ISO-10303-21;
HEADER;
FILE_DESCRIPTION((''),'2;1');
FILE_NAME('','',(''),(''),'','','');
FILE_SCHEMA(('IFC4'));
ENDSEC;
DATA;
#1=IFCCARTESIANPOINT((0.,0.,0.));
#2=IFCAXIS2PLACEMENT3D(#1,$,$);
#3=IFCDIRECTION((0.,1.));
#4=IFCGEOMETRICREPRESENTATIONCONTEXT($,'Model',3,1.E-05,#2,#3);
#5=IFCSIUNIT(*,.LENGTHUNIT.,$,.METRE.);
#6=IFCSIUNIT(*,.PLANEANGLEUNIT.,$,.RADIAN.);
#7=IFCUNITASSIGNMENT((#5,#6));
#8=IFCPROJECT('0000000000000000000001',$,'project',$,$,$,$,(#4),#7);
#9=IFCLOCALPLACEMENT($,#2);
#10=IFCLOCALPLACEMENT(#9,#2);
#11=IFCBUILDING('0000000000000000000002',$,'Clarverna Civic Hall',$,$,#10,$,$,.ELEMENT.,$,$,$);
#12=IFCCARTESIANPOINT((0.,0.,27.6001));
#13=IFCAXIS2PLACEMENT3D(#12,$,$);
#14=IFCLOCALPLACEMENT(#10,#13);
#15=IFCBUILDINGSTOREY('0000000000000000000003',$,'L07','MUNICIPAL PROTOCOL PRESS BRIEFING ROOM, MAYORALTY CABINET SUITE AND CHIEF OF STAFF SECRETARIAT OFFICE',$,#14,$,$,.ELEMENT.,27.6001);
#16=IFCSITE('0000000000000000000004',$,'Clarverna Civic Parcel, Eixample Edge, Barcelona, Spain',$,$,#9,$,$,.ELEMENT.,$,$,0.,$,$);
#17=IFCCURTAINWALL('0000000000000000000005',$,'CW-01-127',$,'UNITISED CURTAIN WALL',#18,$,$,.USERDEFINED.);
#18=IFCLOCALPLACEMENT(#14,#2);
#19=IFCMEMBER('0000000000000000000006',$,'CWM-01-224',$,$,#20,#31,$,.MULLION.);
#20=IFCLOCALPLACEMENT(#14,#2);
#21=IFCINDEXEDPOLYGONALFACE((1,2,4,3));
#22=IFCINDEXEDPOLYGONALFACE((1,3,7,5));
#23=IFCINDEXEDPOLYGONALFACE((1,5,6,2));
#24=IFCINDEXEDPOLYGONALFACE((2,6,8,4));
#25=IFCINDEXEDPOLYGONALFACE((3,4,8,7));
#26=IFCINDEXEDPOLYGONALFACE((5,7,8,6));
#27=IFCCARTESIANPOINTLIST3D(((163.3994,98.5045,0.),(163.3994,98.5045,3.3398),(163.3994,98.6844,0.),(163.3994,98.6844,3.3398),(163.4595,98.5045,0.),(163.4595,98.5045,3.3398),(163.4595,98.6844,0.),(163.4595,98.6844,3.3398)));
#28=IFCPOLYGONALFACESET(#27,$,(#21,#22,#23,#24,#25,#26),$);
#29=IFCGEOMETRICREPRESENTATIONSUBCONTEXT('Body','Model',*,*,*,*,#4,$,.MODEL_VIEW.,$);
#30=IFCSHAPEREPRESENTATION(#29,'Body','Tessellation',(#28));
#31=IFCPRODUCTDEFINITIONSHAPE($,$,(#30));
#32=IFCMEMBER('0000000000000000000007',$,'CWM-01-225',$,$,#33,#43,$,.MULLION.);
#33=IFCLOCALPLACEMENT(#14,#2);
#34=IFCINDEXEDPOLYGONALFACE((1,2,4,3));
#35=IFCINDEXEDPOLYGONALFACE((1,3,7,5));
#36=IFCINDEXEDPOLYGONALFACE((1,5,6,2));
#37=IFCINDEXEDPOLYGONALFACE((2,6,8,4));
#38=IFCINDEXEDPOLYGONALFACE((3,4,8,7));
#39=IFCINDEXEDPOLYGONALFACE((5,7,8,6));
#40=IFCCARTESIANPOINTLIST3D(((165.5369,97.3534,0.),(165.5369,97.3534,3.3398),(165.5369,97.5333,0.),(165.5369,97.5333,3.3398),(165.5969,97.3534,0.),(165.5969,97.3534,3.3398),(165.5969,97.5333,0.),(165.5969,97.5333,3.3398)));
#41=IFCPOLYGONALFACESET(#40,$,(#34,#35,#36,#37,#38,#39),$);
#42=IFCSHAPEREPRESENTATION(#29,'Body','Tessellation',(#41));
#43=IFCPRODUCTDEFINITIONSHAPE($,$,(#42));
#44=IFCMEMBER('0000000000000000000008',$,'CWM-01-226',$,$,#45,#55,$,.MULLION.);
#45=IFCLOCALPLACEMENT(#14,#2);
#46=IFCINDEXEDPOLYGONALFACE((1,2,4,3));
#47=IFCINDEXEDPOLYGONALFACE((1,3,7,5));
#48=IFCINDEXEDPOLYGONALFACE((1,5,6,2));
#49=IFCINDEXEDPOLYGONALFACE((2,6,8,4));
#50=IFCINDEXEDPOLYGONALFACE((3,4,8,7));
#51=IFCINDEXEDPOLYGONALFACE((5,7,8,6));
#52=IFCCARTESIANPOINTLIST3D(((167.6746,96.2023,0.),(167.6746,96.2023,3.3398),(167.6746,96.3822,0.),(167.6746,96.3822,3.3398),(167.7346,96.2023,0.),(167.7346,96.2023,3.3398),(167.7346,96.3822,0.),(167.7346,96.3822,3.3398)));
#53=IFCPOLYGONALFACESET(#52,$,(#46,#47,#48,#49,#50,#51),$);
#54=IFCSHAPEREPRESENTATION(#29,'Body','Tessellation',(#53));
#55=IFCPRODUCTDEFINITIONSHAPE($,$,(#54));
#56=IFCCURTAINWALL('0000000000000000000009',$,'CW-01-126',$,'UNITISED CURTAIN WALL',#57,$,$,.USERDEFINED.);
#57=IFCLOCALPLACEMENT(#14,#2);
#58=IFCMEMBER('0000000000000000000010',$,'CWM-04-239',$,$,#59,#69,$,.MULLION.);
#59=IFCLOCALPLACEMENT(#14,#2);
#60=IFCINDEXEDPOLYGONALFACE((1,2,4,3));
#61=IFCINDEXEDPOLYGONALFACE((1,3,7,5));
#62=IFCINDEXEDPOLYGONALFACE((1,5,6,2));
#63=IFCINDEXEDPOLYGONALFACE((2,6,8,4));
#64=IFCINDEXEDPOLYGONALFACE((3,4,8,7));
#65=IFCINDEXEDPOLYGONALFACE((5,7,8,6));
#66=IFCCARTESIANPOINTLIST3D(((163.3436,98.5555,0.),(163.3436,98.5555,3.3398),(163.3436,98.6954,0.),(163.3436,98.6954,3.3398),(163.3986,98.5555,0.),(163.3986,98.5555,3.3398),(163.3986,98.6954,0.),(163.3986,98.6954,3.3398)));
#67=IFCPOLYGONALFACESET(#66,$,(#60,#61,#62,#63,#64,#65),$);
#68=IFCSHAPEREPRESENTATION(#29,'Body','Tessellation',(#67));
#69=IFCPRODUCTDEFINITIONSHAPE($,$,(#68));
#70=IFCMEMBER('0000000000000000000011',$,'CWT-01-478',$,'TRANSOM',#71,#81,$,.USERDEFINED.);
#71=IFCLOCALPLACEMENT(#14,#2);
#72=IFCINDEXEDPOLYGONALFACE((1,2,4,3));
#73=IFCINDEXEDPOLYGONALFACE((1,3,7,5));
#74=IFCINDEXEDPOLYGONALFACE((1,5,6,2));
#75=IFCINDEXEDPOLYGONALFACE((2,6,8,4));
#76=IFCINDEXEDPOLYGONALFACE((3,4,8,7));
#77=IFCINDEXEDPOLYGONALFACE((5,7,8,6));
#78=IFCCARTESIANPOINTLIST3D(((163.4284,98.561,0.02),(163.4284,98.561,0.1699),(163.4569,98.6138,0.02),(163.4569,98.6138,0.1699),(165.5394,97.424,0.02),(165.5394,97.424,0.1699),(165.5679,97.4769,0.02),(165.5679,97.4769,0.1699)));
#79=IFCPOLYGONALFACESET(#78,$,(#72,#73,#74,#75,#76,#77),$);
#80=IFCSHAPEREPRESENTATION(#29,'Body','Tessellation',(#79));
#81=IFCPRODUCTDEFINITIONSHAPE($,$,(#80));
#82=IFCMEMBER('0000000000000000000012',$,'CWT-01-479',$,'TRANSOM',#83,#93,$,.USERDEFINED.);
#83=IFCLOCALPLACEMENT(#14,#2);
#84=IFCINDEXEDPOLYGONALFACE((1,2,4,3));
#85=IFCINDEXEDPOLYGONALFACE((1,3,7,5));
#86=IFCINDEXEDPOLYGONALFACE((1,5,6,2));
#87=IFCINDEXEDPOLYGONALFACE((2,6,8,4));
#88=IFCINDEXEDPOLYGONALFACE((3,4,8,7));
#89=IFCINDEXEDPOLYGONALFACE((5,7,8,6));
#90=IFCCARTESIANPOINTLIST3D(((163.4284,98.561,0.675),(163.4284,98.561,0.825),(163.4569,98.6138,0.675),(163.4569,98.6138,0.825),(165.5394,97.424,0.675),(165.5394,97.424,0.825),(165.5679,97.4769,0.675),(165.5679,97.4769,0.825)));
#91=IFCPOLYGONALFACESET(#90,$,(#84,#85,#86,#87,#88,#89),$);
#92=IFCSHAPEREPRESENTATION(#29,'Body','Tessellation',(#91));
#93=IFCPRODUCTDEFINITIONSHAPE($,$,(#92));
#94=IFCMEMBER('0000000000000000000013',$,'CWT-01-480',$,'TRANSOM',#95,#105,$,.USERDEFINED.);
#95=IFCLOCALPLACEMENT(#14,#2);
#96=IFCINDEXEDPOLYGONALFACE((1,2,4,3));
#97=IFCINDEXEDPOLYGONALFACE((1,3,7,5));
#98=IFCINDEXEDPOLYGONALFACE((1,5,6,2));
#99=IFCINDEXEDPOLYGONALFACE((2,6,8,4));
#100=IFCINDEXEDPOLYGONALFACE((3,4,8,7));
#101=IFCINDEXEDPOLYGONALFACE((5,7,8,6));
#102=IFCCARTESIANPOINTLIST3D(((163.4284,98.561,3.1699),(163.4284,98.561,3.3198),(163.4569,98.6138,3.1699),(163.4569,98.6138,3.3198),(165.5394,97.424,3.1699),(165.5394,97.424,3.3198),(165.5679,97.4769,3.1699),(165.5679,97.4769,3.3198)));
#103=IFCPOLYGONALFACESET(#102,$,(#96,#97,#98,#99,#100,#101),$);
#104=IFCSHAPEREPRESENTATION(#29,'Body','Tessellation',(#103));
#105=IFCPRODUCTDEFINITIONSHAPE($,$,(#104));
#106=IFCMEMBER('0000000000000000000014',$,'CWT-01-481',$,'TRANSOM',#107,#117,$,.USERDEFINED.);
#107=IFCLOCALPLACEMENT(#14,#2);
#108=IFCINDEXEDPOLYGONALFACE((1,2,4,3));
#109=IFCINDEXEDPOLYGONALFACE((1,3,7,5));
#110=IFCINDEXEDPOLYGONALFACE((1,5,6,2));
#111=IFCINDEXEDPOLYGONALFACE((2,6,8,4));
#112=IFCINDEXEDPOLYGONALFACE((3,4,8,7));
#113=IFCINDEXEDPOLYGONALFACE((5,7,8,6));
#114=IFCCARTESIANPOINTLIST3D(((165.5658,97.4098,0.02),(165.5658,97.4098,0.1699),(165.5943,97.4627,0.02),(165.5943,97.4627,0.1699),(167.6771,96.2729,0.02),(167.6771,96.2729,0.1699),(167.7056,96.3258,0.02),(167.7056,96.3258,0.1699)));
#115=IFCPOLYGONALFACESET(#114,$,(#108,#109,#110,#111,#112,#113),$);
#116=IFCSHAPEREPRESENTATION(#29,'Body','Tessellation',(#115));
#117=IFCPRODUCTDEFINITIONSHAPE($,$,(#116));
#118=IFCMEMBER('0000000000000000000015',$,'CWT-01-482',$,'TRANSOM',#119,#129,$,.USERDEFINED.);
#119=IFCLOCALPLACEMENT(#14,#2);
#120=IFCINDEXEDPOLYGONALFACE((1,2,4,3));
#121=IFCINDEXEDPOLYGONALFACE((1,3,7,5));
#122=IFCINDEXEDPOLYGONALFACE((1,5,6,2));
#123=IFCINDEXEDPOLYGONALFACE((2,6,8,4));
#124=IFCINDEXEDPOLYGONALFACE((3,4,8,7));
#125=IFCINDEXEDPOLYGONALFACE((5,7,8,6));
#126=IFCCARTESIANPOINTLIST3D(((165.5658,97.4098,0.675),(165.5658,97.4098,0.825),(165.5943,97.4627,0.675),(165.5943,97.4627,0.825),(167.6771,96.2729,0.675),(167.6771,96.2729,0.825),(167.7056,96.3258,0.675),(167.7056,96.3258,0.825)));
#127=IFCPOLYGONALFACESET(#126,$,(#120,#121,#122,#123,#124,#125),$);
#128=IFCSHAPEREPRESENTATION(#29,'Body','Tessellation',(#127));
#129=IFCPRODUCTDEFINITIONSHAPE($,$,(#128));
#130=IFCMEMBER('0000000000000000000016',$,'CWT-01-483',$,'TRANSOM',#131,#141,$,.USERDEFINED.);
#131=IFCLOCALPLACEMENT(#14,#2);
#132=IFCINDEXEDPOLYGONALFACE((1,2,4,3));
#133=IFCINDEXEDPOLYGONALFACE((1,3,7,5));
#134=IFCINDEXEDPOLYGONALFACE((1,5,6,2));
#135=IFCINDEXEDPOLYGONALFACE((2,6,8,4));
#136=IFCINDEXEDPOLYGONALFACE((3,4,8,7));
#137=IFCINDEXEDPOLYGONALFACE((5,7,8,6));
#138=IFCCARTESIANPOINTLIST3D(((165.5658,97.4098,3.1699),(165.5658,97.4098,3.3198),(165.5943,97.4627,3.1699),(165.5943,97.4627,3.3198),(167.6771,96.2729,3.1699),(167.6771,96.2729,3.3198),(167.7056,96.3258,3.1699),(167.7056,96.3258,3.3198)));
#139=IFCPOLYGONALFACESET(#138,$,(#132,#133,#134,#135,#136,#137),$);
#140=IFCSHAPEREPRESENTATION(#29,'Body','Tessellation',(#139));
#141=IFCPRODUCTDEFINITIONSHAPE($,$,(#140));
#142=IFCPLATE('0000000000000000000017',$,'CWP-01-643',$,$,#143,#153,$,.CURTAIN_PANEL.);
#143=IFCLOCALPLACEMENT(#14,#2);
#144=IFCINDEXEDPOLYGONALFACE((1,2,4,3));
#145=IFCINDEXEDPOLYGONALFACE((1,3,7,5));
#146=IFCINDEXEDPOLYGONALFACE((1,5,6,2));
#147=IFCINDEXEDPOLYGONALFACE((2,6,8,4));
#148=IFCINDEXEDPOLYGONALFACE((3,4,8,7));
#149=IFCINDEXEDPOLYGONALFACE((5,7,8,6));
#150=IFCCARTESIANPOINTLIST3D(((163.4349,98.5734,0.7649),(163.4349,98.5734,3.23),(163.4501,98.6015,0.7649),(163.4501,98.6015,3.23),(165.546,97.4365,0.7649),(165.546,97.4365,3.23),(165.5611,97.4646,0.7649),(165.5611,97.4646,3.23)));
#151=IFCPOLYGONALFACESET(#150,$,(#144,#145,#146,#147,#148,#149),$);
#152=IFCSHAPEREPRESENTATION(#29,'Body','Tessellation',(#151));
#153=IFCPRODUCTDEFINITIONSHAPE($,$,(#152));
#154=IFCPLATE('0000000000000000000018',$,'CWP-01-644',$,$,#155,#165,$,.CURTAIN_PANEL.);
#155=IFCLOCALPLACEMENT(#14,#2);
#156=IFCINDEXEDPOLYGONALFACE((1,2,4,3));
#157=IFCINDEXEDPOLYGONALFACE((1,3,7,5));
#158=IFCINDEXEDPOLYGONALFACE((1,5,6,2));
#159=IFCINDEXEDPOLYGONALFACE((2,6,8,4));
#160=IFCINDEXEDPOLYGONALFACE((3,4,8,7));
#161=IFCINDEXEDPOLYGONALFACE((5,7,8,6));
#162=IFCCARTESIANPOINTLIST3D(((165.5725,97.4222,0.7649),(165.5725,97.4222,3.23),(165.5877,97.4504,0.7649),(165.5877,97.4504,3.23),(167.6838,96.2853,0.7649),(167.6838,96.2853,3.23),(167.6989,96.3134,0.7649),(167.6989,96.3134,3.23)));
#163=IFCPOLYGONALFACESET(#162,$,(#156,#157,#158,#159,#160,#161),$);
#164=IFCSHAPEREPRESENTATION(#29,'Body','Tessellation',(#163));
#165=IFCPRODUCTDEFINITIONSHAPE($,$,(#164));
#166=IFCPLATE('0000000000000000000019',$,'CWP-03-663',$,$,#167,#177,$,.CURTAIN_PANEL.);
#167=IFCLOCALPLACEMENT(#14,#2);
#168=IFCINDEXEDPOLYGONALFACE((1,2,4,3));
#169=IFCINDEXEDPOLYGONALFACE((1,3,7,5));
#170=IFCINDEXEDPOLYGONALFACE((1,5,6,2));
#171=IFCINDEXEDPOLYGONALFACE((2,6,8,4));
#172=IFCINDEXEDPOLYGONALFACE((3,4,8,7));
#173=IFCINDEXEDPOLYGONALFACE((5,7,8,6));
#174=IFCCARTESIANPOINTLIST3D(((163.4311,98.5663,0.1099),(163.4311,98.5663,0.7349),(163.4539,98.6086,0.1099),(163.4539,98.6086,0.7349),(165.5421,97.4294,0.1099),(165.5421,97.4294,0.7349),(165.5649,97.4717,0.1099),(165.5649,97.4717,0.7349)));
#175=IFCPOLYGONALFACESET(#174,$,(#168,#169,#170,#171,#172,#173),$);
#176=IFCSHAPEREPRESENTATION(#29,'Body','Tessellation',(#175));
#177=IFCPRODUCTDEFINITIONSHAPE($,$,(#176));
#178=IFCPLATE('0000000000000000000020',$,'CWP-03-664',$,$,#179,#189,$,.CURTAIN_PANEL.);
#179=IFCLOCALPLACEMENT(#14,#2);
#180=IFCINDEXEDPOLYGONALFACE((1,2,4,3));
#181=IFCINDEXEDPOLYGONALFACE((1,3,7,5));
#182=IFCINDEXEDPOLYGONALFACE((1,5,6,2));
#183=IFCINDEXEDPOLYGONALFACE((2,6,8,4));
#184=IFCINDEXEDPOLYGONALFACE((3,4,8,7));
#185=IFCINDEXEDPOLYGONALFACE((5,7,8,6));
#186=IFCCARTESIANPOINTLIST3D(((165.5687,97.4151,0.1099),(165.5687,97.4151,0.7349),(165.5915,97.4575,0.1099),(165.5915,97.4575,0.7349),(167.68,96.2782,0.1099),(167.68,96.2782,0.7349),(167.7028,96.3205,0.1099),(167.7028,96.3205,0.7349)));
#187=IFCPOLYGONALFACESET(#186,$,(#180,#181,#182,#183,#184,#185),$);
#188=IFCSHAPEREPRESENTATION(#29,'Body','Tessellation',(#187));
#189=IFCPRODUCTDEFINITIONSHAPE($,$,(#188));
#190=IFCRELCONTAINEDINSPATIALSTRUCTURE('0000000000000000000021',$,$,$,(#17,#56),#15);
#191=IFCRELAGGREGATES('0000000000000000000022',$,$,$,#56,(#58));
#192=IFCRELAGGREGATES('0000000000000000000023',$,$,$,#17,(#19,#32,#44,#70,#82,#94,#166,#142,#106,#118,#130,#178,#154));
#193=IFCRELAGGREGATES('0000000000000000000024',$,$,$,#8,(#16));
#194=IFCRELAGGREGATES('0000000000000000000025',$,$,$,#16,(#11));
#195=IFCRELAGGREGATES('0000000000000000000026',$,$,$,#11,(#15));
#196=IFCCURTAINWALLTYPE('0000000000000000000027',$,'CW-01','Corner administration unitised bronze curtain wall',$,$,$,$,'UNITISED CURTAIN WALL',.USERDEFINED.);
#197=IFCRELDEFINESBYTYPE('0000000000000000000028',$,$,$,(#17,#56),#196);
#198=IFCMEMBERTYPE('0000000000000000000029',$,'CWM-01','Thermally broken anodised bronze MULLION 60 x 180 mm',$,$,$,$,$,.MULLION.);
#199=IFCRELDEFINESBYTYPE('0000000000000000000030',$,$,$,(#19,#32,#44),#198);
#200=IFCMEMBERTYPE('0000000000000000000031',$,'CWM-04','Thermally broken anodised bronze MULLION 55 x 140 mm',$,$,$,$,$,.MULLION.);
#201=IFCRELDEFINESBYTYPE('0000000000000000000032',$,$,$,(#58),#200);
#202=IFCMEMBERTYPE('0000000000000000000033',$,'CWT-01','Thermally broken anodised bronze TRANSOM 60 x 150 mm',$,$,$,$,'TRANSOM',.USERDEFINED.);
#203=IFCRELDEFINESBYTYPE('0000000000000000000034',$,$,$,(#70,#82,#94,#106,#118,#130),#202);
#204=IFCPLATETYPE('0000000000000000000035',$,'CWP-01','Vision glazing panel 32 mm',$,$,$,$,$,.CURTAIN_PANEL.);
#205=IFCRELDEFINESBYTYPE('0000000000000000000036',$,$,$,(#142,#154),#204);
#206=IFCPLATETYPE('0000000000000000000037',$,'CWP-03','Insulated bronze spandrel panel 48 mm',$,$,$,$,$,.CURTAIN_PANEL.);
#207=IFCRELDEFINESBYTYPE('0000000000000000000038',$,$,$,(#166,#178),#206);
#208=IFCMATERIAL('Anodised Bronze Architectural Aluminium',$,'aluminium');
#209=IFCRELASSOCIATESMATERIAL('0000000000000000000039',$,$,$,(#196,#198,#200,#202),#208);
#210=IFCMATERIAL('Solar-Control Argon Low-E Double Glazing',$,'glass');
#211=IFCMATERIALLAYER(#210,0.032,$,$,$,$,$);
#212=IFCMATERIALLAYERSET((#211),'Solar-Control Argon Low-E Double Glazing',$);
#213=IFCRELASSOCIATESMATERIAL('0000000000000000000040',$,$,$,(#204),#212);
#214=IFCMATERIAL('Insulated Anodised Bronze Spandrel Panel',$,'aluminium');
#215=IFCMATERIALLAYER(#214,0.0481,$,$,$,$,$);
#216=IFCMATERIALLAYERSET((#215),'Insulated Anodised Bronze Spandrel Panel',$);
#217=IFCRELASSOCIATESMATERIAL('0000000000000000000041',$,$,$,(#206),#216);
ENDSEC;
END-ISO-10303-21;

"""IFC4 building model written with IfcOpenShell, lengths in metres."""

from ifc_helpers import new_model, si_unit, direction, frame, frame_2d, origin, origin_2d, place, context, subcontext, project, spatial, rectangle, extrude, material, layer, layer_set, material_profile, profile_set, type_object, element, aggregate, save


model = new_model("IFC4")

# Units and contexts
model_context = context("Model", 3, precision=1e-05, world=origin(), true_north=direction((0.0, 1.0)))
body_context = subcontext(model_context, "Body", "Model", "MODEL_VIEW")
ifc_project = project(units=[si_unit("LENGTHUNIT", "METRE"), si_unit("PLANEANGLEUNIT", "RADIAN")], contexts=[model_context])

# Site, building, storey
site_placement = place(None, origin())
site = spatial("IfcSite", under=ifc_project, at=site_placement, Name="Clarverna Civic Parcel, Eixample Edge, Barcelona, Spain", CompositionType="ELEMENT", RefElevation=0.0)
building_placement = place(site_placement, origin())
building = spatial("IfcBuilding", under=site, at=building_placement, Name="Clarverna Civic Hall", CompositionType="ELEMENT")
storey_placement = place(building_placement, frame((0.0, 0.0, 27.6001)))
storey = spatial("IfcBuildingStorey", under=building, at=storey_placement, Name="L07", Description="MUNICIPAL PROTOCOL PRESS BRIEFING ROOM, MAYORALTY CABINET SUITE AND CHIEF OF STAFF SECRETARIAT OFFICE", CompositionType="ELEMENT", Elevation=27.6001)

# Curtain wall, members
ifc_material_1 = material(Name="Anodised Bronze Architectural Aluminium", Category="aluminium")
curtain_wall_type = type_object("IfcCurtainWallType", Name="CW-01", Description="Corner administration unitised bronze curtain wall", ElementType="UNITISED CURTAIN WALL", PredefinedType="USERDEFINED", material=ifc_material_1)
curtain_wall_1_placement = place(storey_placement, origin())
curtain_wall_1 = element("IfcCurtainWall", 1, at=curtain_wall_1_placement, inside=storey, type_object=curtain_wall_type, Name="CW-01-127", ObjectType="UNITISED CURTAIN WALL", PredefinedType="USERDEFINED")
ifc_material_profile_1 = material_profile(ifc_material_1, rectangle(XDim=0.0601, YDim=0.1799, at=origin_2d()), Name="BRONZE 60x180")
ifc_profile_set_1 = profile_set([ifc_material_profile_1], Name="Anodised Bronze Architectural Aluminium")
member_type_1 = type_object("IfcMemberType", Name="CWM-01", Description="Thermally broken anodised bronze MULLION 60 x 180 mm", PredefinedType="MULLION", material=ifc_profile_set_1)
member_1_placement = place(storey_placement, frame((163.4294, 98.5945, 0.0), z_axis=(0.0, 0.0, 1.0), x_axis=(1.0, 0.0, 0.0)))
member_1 = element("IfcMember", 2, at=member_1_placement, type_object=member_type_1, Name="CWM-01-224", PredefinedType="MULLION", context=body_context, shape_type="SweptSolid", body=[
    extrude(rectangle(XDim=0.0601, YDim=0.1799, at=origin_2d()), origin(), (0.0, 0.0, 1.0), 3.3398),
])
member_2_placement = place(storey_placement, frame((165.5669, 97.4434, 0.0), z_axis=(0.0, 0.0, 1.0), x_axis=(1.0, 0.0, 0.0)))
member_2 = element("IfcMember", 3, at=member_2_placement, type_object=member_type_1, Name="CWM-01-225", PredefinedType="MULLION", context=body_context, shape_type="SweptSolid", body=[
    extrude(rectangle(XDim=0.0601, YDim=0.1799, at=origin_2d()), origin(), (0.0, 0.0, 1.0), 3.3398),
])
member_3_placement = place(storey_placement, frame((167.7046, 96.2922, 0.0), z_axis=(0.0, 0.0, 1.0), x_axis=(1.0, 0.0, 0.0)))
member_3 = element("IfcMember", 4, at=member_3_placement, type_object=member_type_1, Name="CWM-01-226", PredefinedType="MULLION", context=body_context, shape_type="SweptSolid", body=[
    extrude(rectangle(XDim=0.0601, YDim=0.1799, at=origin_2d()), origin(), (0.0, 0.0, 1.0), 3.3398),
])

# Curtain wall, member
curtain_wall_2_placement = place(storey_placement, origin())
curtain_wall_2 = element("IfcCurtainWall", 5, at=curtain_wall_2_placement, inside=storey, type_object=curtain_wall_type, Name="CW-01-126", ObjectType="UNITISED CURTAIN WALL", PredefinedType="USERDEFINED")
ifc_material_profile_2 = material_profile(ifc_material_1, rectangle(XDim=0.0549, YDim=0.1399, at=origin_2d()), Name="BRONZE 55x140")
ifc_profile_set_2 = profile_set([ifc_material_profile_2], Name="Anodised Bronze Architectural Aluminium")
member_type_2 = type_object("IfcMemberType", Name="CWM-04", Description="Thermally broken anodised bronze MULLION 55 x 140 mm", PredefinedType="MULLION", material=ifc_profile_set_2)
member_4_placement = place(storey_placement, frame((163.3711, 98.6255, 0.0), z_axis=(0.0, 0.0, 1.0), x_axis=(1.0, 0.0, 0.0)))
member_4 = element("IfcMember", 6, at=member_4_placement, type_object=member_type_2, Name="CWM-04-239", PredefinedType="MULLION", context=body_context, shape_type="SweptSolid", body=[
    extrude(rectangle(XDim=0.0549, YDim=0.1399, at=origin_2d()), origin(), (0.0, 0.0, 1.0), 3.3398),
])
aggregate(curtain_wall_2, [member_4])

# Members
ifc_material_profile_3 = material_profile(ifc_material_1, rectangle(XDim=0.0601, YDim=0.1499, at=origin_2d()), Name="BRONZE 60x150")
ifc_profile_set_3 = profile_set([ifc_material_profile_3], Name="Anodised Bronze Architectural Aluminium")
member_type_3 = type_object("IfcMemberType", Name="CWT-01", Description="Thermally broken anodised bronze TRANSOM 60 x 150 mm", ElementType="TRANSOM", PredefinedType="USERDEFINED", material=ifc_profile_set_3)
member_5_placement = place(storey_placement, frame((163.4426, 98.5874, 0.095), z_axis=(0.880432, -0.474173, 0.0), x_axis=(0.474173, 0.880432, 0.0)))
member_5 = element("IfcMember", 7, at=member_5_placement, type_object=member_type_3, Name="CWT-01-478", ObjectType="TRANSOM", PredefinedType="USERDEFINED", context=body_context, shape_type="SweptSolid", body=[
    extrude(rectangle(XDim=0.0601, YDim=0.1499, at=origin_2d()), origin(), (0.0, 0.0, 1.0), 2.3977),
])
member_6_placement = place(storey_placement, frame((163.4426, 98.5874, 0.75), z_axis=(0.880432, -0.474173, 0.0), x_axis=(0.474173, 0.880432, 0.0)))
member_6 = element("IfcMember", 8, at=member_6_placement, type_object=member_type_3, Name="CWT-01-479", ObjectType="TRANSOM", PredefinedType="USERDEFINED", context=body_context, shape_type="SweptSolid", body=[
    extrude(rectangle(XDim=0.0601, YDim=0.1499, at=origin_2d()), origin(), (0.0, 0.0, 1.0), 2.3977),
])
member_7_placement = place(storey_placement, frame((163.4426, 98.5874, 3.2449), z_axis=(0.880432, -0.474173, 0.0), x_axis=(0.474173, 0.880432, 0.0)))
member_7 = element("IfcMember", 9, at=member_7_placement, type_object=member_type_3, Name="CWT-01-480", ObjectType="TRANSOM", PredefinedType="USERDEFINED", context=body_context, shape_type="SweptSolid", body=[
    extrude(rectangle(XDim=0.0601, YDim=0.1499, at=origin_2d()), origin(), (0.0, 0.0, 1.0), 2.3977),
])
member_8_placement = place(storey_placement, frame((165.5801, 97.4363, 0.095), z_axis=(0.880455, -0.47413, 0.0), x_axis=(0.47413, 0.880455, 0.0)))
member_8 = element("IfcMember", 10, at=member_8_placement, type_object=member_type_3, Name="CWT-01-481", ObjectType="TRANSOM", PredefinedType="USERDEFINED", context=body_context, shape_type="SweptSolid", body=[
    extrude(rectangle(XDim=0.0601, YDim=0.1499, at=origin_2d()), origin(), (0.0, 0.0, 1.0), 2.3979),
])
member_9_placement = place(storey_placement, frame((165.5801, 97.4363, 0.75), z_axis=(0.880455, -0.47413, 0.0), x_axis=(0.47413, 0.880455, 0.0)))
member_9 = element("IfcMember", 11, at=member_9_placement, type_object=member_type_3, Name="CWT-01-482", ObjectType="TRANSOM", PredefinedType="USERDEFINED", context=body_context, shape_type="SweptSolid", body=[
    extrude(rectangle(XDim=0.0601, YDim=0.1499, at=origin_2d()), origin(), (0.0, 0.0, 1.0), 2.3979),
])
member_10_placement = place(storey_placement, frame((165.5801, 97.4363, 3.2449), z_axis=(0.880455, -0.47413, 0.0), x_axis=(0.47413, 0.880455, 0.0)))
member_10 = element("IfcMember", 12, at=member_10_placement, type_object=member_type_3, Name="CWT-01-483", ObjectType="TRANSOM", PredefinedType="USERDEFINED", context=body_context, shape_type="SweptSolid", body=[
    extrude(rectangle(XDim=0.0601, YDim=0.1499, at=origin_2d()), origin(), (0.0, 0.0, 1.0), 2.3979),
])

# Plates
ifc_material_2 = material(Name="Solar-Control Argon Low-E Double Glazing", Category="glass")
ifc_layer_1 = layer(ifc_material_2, 0.032)
ifc_layer_set_1 = layer_set([ifc_layer_1], Name="Solar-Control Argon Low-E Double Glazing")
plate_type_1 = type_object("IfcPlateType", Name="CWP-01", Description="Vision glazing panel 32 mm", PredefinedType="CURTAIN_PANEL", material=ifc_layer_set_1)
plate_1_placement = place(storey_placement, frame((163.4426, 98.5874, 0.7649), z_axis=(0.0, 0.0, 1.0), x_axis=(0.880432, -0.474173, 0.0)))
plate_1 = element("IfcPlate", 13, at=plate_1_placement, type_object=plate_type_1, Name="CWP-01-643", PredefinedType="CURTAIN_PANEL", context=body_context, shape_type="SweptSolid", body=[
    extrude(rectangle(XDim=2.3977, YDim=0.032, at=frame_2d((1.1987, 0.0))), origin(), (0.0, 0.0, 1.0), 2.4651),
])
plate_2_placement = place(storey_placement, frame((165.5801, 97.4363, 0.7649), z_axis=(0.0, 0.0, 1.0), x_axis=(0.880455, -0.47413, 0.0)))
plate_2 = element("IfcPlate", 14, at=plate_2_placement, type_object=plate_type_1, Name="CWP-01-644", PredefinedType="CURTAIN_PANEL", context=body_context, shape_type="SweptSolid", body=[
    extrude(rectangle(XDim=2.3979, YDim=0.032, at=frame_2d((1.199, 0.0))), origin(), (0.0, 0.0, 1.0), 2.4651),
])
ifc_material_3 = material(Name="Insulated Anodised Bronze Spandrel Panel", Category="aluminium")
ifc_layer_2 = layer(ifc_material_3, 0.0481)
ifc_layer_set_2 = layer_set([ifc_layer_2], Name="Insulated Anodised Bronze Spandrel Panel")
plate_type_2 = type_object("IfcPlateType", Name="CWP-03", Description="Insulated bronze spandrel panel 48 mm", PredefinedType="CURTAIN_PANEL", material=ifc_layer_set_2)
plate_3_placement = place(storey_placement, frame((163.4426, 98.5874, 0.1099), z_axis=(0.0, 0.0, 1.0), x_axis=(0.880432, -0.474173, 0.0)))
plate_3 = element("IfcPlate", 15, at=plate_3_placement, type_object=plate_type_2, Name="CWP-03-663", PredefinedType="CURTAIN_PANEL", context=body_context, shape_type="SweptSolid", body=[
    extrude(rectangle(XDim=2.3977, YDim=0.0481, at=frame_2d((1.1987, 0.0))), origin(), (0.0, 0.0, 1.0), 0.625),
])
plate_4_placement = place(storey_placement, frame((165.5801, 97.4363, 0.1099), z_axis=(0.0, 0.0, 1.0), x_axis=(0.880455, -0.47413, 0.0)))
plate_4 = element("IfcPlate", 16, at=plate_4_placement, type_object=plate_type_2, Name="CWP-03-664", PredefinedType="CURTAIN_PANEL", context=body_context, shape_type="SweptSolid", body=[
    extrude(rectangle(XDim=2.3979, YDim=0.0481, at=frame_2d((1.199, 0.0))), origin(), (0.0, 0.0, 1.0), 0.625),
])
aggregate(curtain_wall_1, [member_1, member_2, member_3, member_5, member_6, member_7, plate_3, plate_1, member_8, member_9, member_10, plate_4, plate_2])

save(model, "model.ifc")
